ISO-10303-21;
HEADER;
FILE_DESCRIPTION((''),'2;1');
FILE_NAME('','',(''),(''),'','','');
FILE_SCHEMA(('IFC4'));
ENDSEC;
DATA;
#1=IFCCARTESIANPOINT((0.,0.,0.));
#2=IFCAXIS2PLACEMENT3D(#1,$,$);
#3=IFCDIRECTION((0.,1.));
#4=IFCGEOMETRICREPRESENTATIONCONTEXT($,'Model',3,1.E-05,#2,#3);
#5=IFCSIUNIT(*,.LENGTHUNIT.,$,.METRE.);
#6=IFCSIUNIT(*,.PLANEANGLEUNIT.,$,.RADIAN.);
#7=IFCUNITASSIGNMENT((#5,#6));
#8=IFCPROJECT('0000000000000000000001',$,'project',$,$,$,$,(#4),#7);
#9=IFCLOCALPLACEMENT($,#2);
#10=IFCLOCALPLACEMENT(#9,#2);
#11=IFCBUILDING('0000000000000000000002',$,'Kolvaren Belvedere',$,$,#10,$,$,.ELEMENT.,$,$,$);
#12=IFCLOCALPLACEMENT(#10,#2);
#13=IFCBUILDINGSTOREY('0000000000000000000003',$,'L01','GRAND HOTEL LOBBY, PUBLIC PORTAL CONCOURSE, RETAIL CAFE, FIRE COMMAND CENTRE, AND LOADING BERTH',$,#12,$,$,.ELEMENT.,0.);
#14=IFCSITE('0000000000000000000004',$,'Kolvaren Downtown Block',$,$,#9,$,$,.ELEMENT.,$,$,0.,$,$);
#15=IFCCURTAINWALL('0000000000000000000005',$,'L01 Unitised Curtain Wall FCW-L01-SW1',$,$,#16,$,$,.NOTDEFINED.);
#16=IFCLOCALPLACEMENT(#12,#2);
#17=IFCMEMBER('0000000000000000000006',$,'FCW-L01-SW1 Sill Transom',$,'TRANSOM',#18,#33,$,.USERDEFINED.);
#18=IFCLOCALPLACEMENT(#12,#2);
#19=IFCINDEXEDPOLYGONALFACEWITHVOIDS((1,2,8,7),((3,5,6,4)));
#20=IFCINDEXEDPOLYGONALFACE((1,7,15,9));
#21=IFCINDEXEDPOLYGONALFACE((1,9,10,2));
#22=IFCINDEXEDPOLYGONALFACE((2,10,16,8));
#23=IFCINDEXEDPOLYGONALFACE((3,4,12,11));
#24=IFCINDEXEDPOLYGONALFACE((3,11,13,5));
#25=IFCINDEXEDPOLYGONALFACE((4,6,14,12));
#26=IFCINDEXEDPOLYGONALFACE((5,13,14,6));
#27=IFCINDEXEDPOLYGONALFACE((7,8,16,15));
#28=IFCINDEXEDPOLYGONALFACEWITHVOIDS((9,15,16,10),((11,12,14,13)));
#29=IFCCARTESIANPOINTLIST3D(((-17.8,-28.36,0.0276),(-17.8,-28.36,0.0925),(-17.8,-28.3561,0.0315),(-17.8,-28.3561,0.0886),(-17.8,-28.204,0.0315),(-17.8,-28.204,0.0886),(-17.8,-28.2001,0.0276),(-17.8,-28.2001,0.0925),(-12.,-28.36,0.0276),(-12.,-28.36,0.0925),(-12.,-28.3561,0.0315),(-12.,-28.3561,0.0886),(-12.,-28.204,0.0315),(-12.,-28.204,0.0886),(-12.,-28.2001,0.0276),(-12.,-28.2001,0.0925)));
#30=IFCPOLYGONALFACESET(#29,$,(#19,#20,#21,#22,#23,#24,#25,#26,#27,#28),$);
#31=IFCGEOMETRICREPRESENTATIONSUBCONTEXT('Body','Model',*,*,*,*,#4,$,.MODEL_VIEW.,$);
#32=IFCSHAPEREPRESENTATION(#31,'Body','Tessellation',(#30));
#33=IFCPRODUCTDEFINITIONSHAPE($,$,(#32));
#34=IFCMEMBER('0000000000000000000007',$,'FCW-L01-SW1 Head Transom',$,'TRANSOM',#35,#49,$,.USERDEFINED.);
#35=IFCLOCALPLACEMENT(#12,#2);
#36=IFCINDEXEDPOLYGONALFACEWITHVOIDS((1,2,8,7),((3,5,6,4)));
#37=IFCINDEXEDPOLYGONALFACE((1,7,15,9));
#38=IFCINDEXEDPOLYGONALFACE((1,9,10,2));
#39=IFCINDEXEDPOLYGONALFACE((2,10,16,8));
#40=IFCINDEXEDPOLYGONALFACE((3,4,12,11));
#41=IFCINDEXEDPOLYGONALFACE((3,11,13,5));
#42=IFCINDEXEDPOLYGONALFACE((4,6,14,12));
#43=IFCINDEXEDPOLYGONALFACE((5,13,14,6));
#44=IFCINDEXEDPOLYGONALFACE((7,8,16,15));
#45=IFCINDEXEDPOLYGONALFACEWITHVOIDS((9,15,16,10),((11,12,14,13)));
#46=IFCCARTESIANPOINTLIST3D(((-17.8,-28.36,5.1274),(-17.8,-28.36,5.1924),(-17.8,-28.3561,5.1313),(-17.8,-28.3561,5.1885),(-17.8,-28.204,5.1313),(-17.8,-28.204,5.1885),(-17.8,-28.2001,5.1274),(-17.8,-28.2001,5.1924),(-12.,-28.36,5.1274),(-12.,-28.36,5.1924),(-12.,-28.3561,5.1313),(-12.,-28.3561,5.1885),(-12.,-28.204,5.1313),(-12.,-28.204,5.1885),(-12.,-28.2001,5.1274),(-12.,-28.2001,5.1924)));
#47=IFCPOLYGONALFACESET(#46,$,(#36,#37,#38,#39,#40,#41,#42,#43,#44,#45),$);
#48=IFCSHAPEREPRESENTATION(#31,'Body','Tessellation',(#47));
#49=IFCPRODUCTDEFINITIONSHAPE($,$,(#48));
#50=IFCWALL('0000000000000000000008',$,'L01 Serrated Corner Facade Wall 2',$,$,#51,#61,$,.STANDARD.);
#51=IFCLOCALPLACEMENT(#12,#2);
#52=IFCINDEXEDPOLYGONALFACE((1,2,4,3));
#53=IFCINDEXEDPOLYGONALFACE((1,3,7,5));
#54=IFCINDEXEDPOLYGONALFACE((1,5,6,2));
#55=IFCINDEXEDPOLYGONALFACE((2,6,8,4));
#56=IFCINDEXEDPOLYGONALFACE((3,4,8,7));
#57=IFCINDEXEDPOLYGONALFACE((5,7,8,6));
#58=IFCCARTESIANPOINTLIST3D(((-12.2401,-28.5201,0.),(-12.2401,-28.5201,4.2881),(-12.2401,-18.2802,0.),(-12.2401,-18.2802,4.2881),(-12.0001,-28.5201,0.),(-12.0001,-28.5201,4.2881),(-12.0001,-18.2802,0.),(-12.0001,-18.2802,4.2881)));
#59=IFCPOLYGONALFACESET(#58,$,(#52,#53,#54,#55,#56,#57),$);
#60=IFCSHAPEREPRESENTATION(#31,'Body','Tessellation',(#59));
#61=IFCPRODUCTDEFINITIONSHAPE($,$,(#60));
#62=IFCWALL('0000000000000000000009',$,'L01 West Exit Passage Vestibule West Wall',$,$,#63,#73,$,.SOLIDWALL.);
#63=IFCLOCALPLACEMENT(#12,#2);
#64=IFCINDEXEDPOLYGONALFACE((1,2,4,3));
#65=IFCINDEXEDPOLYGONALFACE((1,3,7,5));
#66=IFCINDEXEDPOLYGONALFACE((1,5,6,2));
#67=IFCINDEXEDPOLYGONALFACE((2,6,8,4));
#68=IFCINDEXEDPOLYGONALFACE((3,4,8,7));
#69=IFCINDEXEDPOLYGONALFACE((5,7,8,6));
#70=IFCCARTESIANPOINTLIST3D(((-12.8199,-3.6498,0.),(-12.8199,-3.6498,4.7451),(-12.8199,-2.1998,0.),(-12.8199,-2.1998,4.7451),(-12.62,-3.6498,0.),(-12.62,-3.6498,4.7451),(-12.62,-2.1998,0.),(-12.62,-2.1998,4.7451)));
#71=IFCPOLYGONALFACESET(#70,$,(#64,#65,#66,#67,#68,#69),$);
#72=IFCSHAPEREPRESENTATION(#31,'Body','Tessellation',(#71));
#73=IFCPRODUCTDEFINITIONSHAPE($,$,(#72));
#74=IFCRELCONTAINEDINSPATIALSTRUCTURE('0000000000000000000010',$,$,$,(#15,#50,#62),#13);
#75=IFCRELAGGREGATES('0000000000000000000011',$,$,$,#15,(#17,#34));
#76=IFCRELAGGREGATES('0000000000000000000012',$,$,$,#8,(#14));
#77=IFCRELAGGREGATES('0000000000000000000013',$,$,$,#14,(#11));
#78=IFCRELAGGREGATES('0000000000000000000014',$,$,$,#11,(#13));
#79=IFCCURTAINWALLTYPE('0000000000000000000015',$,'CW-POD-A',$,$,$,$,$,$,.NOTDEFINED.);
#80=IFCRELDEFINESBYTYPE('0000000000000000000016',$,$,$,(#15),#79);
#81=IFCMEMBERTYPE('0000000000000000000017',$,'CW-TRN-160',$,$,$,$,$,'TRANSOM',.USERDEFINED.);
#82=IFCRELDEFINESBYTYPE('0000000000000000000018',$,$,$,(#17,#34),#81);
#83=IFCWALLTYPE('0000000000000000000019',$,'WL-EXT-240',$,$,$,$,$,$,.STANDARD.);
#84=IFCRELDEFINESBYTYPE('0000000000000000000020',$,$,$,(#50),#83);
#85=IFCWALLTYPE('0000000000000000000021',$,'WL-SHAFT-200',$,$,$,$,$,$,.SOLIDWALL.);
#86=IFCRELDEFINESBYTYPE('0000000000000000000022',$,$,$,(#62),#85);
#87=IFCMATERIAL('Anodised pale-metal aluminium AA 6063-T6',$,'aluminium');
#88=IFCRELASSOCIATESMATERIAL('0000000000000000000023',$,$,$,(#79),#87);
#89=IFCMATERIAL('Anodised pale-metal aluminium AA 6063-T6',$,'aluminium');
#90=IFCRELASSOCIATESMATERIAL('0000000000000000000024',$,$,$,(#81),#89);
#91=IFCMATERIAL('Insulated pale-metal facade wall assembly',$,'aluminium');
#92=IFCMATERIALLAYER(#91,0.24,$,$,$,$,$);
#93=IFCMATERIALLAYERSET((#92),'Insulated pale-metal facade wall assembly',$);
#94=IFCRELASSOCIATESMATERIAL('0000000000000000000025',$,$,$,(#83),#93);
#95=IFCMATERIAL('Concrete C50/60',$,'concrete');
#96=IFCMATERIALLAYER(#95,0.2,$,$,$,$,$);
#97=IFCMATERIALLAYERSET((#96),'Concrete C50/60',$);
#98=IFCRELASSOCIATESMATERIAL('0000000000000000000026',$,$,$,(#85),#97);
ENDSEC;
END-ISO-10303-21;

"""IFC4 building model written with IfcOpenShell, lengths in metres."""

from ifc_helpers import new_model, si_unit, direction, frame, frame_2d, origin, origin_2d, place, context, subcontext, project, spatial, rectangle, hollow_rectangle, extrude, material, layer, layer_set, material_profile, profile_set, type_object, element, aggregate, save


model = new_model("IFC4")

# Units and contexts
model_context = context("Model", 3, precision=1e-05, world=origin(), true_north=direction((0.0, 1.0)))
body_context = subcontext(model_context, "Body", "Model", "MODEL_VIEW")
ifc_project = project(units=[si_unit("LENGTHUNIT", "METRE"), si_unit("PLANEANGLEUNIT", "RADIAN")], contexts=[model_context])

# Site, building, storey
site_placement = place(None, origin())
site = spatial("IfcSite", under=ifc_project, at=site_placement, Name="Kolvaren Downtown Block", CompositionType="ELEMENT", RefElevation=0.0)
building_placement = place(site_placement, origin())
building = spatial("IfcBuilding", under=site, at=building_placement, Name="Kolvaren Belvedere", CompositionType="ELEMENT")
storey_placement = place(building_placement, origin())
storey = spatial("IfcBuildingStorey", under=building, at=storey_placement, Name="L01", Description="GRAND HOTEL LOBBY, PUBLIC PORTAL CONCOURSE, RETAIL CAFE, FIRE COMMAND CENTRE, AND LOADING BERTH", CompositionType="ELEMENT", Elevation=0.0)

# Curtain wall, members
ifc_material_1 = material(Name="Anodised pale-metal aluminium AA 6063-T6", Category="aluminium")
curtain_wall_type = type_object("IfcCurtainWallType", Name="CW-POD-A", PredefinedType="NOTDEFINED", material=ifc_material_1)
curtain_wall_placement = place(storey_placement, origin())
curtain_wall = element("IfcCurtainWall", 1, at=curtain_wall_placement, inside=storey, type_object=curtain_wall_type, Name="L01 Unitised Curtain Wall FCW-L01-SW1", PredefinedType="NOTDEFINED")
ifc_material_2 = material(Name="Anodised pale-metal aluminium AA 6063-T6", Category="aluminium")
ifc_material_profile_1 = material_profile(ifc_material_2, hollow_rectangle(XDim=0.0649, YDim=0.1599, WallThickness=0.0039, at=origin_2d()), Name="ALU-TRN-160X65")
ifc_profile_set_1 = profile_set([ifc_material_profile_1], Name="Anodised pale-metal aluminium AA 6063-T6")
member_type = type_object("IfcMemberType", Name="CW-TRN-160", ElementType="TRANSOM", PredefinedType="USERDEFINED", material=ifc_profile_set_1)
member_1_placement = place(storey_placement, frame((-12.0, -28.28, 0.0601), z_axis=(-1.0, 0.0, 0.0), x_axis=(0.0, 0.0, 1.0)))
member_1 = element("IfcMember", 2, at=member_1_placement, type_object=member_type, Name="FCW-L01-SW1 Sill Transom", ObjectType="TRANSOM", PredefinedType="USERDEFINED", context=body_context, shape_type="SweptSolid", body=[
    extrude(hollow_rectangle(XDim=0.0649, YDim=0.1599, WallThickness=0.0039, at=origin_2d()), origin(), (0.0, 0.0, 1.0), 5.8),
])
member_2_placement = place(storey_placement, frame((-12.0, -28.28, 5.1599), z_axis=(-1.0, 0.0, 0.0), x_axis=(0.0, 0.0, 1.0)))
member_2 = element("IfcMember", 3, at=member_2_placement, type_object=member_type, Name="FCW-L01-SW1 Head Transom", ObjectType="TRANSOM", PredefinedType="USERDEFINED", context=body_context, shape_type="SweptSolid", body=[
    extrude(hollow_rectangle(XDim=0.0649, YDim=0.1599, WallThickness=0.0039, at=origin_2d()), origin(), (0.0, 0.0, 1.0), 5.8),
])
aggregate(curtain_wall, [member_1, member_2])

# Walls
ifc_material_3 = material(Name="Insulated pale-metal facade wall assembly", Category="aluminium")
ifc_layer_1 = layer(ifc_material_3, 0.24)
ifc_layer_set_1 = layer_set([ifc_layer_1], Name="Insulated pale-metal facade wall assembly")
wall_type_1 = type_object("IfcWallType", Name="WL-EXT-240", PredefinedType="STANDARD", material=ifc_layer_set_1)
wall_1_placement = place(storey_placement, frame((-12.1201, -18.28, 0.0), z_axis=(0.0, 0.0, 1.0), x_axis=(0.0, -1.0, 0.0)))
element("IfcWall", 4, at=wall_1_placement, inside=storey, type_object=wall_type_1, Name="L01 Serrated Corner Facade Wall 2", PredefinedType="STANDARD", context=body_context, shape_type="SweptSolid", body=[
    extrude(rectangle(XDim=10.24, YDim=0.24, at=frame_2d((5.1201, 0.0))), origin(), (0.0, 0.0, 1.0), 4.2881),
])
ifc_material_4 = material(Name="Concrete C50/60", Category="concrete")
ifc_layer_2 = layer(ifc_material_4, 0.2)
ifc_layer_set_2 = layer_set([ifc_layer_2], Name="Concrete C50/60")
wall_type_2 = type_object("IfcWallType", Name="WL-SHAFT-200", PredefinedType="SOLIDWALL", material=ifc_layer_set_2)
wall_2_placement = place(storey_placement, frame((-12.72, -3.6499, 0.0), z_axis=(0.0, 0.0, 1.0), x_axis=(0.0, 1.0, 0.0)))
element("IfcWall", 5, at=wall_2_placement, inside=storey, type_object=wall_type_2, Name="L01 West Exit Passage Vestibule West Wall", PredefinedType="SOLIDWALL", context=body_context, shape_type="SweptSolid", body=[
    extrude(rectangle(XDim=1.45, YDim=0.2, at=frame_2d((0.7251, 0.0))), origin(), (0.0, 0.0, 1.0), 4.7451),
])

save(model, "model.ifc")
